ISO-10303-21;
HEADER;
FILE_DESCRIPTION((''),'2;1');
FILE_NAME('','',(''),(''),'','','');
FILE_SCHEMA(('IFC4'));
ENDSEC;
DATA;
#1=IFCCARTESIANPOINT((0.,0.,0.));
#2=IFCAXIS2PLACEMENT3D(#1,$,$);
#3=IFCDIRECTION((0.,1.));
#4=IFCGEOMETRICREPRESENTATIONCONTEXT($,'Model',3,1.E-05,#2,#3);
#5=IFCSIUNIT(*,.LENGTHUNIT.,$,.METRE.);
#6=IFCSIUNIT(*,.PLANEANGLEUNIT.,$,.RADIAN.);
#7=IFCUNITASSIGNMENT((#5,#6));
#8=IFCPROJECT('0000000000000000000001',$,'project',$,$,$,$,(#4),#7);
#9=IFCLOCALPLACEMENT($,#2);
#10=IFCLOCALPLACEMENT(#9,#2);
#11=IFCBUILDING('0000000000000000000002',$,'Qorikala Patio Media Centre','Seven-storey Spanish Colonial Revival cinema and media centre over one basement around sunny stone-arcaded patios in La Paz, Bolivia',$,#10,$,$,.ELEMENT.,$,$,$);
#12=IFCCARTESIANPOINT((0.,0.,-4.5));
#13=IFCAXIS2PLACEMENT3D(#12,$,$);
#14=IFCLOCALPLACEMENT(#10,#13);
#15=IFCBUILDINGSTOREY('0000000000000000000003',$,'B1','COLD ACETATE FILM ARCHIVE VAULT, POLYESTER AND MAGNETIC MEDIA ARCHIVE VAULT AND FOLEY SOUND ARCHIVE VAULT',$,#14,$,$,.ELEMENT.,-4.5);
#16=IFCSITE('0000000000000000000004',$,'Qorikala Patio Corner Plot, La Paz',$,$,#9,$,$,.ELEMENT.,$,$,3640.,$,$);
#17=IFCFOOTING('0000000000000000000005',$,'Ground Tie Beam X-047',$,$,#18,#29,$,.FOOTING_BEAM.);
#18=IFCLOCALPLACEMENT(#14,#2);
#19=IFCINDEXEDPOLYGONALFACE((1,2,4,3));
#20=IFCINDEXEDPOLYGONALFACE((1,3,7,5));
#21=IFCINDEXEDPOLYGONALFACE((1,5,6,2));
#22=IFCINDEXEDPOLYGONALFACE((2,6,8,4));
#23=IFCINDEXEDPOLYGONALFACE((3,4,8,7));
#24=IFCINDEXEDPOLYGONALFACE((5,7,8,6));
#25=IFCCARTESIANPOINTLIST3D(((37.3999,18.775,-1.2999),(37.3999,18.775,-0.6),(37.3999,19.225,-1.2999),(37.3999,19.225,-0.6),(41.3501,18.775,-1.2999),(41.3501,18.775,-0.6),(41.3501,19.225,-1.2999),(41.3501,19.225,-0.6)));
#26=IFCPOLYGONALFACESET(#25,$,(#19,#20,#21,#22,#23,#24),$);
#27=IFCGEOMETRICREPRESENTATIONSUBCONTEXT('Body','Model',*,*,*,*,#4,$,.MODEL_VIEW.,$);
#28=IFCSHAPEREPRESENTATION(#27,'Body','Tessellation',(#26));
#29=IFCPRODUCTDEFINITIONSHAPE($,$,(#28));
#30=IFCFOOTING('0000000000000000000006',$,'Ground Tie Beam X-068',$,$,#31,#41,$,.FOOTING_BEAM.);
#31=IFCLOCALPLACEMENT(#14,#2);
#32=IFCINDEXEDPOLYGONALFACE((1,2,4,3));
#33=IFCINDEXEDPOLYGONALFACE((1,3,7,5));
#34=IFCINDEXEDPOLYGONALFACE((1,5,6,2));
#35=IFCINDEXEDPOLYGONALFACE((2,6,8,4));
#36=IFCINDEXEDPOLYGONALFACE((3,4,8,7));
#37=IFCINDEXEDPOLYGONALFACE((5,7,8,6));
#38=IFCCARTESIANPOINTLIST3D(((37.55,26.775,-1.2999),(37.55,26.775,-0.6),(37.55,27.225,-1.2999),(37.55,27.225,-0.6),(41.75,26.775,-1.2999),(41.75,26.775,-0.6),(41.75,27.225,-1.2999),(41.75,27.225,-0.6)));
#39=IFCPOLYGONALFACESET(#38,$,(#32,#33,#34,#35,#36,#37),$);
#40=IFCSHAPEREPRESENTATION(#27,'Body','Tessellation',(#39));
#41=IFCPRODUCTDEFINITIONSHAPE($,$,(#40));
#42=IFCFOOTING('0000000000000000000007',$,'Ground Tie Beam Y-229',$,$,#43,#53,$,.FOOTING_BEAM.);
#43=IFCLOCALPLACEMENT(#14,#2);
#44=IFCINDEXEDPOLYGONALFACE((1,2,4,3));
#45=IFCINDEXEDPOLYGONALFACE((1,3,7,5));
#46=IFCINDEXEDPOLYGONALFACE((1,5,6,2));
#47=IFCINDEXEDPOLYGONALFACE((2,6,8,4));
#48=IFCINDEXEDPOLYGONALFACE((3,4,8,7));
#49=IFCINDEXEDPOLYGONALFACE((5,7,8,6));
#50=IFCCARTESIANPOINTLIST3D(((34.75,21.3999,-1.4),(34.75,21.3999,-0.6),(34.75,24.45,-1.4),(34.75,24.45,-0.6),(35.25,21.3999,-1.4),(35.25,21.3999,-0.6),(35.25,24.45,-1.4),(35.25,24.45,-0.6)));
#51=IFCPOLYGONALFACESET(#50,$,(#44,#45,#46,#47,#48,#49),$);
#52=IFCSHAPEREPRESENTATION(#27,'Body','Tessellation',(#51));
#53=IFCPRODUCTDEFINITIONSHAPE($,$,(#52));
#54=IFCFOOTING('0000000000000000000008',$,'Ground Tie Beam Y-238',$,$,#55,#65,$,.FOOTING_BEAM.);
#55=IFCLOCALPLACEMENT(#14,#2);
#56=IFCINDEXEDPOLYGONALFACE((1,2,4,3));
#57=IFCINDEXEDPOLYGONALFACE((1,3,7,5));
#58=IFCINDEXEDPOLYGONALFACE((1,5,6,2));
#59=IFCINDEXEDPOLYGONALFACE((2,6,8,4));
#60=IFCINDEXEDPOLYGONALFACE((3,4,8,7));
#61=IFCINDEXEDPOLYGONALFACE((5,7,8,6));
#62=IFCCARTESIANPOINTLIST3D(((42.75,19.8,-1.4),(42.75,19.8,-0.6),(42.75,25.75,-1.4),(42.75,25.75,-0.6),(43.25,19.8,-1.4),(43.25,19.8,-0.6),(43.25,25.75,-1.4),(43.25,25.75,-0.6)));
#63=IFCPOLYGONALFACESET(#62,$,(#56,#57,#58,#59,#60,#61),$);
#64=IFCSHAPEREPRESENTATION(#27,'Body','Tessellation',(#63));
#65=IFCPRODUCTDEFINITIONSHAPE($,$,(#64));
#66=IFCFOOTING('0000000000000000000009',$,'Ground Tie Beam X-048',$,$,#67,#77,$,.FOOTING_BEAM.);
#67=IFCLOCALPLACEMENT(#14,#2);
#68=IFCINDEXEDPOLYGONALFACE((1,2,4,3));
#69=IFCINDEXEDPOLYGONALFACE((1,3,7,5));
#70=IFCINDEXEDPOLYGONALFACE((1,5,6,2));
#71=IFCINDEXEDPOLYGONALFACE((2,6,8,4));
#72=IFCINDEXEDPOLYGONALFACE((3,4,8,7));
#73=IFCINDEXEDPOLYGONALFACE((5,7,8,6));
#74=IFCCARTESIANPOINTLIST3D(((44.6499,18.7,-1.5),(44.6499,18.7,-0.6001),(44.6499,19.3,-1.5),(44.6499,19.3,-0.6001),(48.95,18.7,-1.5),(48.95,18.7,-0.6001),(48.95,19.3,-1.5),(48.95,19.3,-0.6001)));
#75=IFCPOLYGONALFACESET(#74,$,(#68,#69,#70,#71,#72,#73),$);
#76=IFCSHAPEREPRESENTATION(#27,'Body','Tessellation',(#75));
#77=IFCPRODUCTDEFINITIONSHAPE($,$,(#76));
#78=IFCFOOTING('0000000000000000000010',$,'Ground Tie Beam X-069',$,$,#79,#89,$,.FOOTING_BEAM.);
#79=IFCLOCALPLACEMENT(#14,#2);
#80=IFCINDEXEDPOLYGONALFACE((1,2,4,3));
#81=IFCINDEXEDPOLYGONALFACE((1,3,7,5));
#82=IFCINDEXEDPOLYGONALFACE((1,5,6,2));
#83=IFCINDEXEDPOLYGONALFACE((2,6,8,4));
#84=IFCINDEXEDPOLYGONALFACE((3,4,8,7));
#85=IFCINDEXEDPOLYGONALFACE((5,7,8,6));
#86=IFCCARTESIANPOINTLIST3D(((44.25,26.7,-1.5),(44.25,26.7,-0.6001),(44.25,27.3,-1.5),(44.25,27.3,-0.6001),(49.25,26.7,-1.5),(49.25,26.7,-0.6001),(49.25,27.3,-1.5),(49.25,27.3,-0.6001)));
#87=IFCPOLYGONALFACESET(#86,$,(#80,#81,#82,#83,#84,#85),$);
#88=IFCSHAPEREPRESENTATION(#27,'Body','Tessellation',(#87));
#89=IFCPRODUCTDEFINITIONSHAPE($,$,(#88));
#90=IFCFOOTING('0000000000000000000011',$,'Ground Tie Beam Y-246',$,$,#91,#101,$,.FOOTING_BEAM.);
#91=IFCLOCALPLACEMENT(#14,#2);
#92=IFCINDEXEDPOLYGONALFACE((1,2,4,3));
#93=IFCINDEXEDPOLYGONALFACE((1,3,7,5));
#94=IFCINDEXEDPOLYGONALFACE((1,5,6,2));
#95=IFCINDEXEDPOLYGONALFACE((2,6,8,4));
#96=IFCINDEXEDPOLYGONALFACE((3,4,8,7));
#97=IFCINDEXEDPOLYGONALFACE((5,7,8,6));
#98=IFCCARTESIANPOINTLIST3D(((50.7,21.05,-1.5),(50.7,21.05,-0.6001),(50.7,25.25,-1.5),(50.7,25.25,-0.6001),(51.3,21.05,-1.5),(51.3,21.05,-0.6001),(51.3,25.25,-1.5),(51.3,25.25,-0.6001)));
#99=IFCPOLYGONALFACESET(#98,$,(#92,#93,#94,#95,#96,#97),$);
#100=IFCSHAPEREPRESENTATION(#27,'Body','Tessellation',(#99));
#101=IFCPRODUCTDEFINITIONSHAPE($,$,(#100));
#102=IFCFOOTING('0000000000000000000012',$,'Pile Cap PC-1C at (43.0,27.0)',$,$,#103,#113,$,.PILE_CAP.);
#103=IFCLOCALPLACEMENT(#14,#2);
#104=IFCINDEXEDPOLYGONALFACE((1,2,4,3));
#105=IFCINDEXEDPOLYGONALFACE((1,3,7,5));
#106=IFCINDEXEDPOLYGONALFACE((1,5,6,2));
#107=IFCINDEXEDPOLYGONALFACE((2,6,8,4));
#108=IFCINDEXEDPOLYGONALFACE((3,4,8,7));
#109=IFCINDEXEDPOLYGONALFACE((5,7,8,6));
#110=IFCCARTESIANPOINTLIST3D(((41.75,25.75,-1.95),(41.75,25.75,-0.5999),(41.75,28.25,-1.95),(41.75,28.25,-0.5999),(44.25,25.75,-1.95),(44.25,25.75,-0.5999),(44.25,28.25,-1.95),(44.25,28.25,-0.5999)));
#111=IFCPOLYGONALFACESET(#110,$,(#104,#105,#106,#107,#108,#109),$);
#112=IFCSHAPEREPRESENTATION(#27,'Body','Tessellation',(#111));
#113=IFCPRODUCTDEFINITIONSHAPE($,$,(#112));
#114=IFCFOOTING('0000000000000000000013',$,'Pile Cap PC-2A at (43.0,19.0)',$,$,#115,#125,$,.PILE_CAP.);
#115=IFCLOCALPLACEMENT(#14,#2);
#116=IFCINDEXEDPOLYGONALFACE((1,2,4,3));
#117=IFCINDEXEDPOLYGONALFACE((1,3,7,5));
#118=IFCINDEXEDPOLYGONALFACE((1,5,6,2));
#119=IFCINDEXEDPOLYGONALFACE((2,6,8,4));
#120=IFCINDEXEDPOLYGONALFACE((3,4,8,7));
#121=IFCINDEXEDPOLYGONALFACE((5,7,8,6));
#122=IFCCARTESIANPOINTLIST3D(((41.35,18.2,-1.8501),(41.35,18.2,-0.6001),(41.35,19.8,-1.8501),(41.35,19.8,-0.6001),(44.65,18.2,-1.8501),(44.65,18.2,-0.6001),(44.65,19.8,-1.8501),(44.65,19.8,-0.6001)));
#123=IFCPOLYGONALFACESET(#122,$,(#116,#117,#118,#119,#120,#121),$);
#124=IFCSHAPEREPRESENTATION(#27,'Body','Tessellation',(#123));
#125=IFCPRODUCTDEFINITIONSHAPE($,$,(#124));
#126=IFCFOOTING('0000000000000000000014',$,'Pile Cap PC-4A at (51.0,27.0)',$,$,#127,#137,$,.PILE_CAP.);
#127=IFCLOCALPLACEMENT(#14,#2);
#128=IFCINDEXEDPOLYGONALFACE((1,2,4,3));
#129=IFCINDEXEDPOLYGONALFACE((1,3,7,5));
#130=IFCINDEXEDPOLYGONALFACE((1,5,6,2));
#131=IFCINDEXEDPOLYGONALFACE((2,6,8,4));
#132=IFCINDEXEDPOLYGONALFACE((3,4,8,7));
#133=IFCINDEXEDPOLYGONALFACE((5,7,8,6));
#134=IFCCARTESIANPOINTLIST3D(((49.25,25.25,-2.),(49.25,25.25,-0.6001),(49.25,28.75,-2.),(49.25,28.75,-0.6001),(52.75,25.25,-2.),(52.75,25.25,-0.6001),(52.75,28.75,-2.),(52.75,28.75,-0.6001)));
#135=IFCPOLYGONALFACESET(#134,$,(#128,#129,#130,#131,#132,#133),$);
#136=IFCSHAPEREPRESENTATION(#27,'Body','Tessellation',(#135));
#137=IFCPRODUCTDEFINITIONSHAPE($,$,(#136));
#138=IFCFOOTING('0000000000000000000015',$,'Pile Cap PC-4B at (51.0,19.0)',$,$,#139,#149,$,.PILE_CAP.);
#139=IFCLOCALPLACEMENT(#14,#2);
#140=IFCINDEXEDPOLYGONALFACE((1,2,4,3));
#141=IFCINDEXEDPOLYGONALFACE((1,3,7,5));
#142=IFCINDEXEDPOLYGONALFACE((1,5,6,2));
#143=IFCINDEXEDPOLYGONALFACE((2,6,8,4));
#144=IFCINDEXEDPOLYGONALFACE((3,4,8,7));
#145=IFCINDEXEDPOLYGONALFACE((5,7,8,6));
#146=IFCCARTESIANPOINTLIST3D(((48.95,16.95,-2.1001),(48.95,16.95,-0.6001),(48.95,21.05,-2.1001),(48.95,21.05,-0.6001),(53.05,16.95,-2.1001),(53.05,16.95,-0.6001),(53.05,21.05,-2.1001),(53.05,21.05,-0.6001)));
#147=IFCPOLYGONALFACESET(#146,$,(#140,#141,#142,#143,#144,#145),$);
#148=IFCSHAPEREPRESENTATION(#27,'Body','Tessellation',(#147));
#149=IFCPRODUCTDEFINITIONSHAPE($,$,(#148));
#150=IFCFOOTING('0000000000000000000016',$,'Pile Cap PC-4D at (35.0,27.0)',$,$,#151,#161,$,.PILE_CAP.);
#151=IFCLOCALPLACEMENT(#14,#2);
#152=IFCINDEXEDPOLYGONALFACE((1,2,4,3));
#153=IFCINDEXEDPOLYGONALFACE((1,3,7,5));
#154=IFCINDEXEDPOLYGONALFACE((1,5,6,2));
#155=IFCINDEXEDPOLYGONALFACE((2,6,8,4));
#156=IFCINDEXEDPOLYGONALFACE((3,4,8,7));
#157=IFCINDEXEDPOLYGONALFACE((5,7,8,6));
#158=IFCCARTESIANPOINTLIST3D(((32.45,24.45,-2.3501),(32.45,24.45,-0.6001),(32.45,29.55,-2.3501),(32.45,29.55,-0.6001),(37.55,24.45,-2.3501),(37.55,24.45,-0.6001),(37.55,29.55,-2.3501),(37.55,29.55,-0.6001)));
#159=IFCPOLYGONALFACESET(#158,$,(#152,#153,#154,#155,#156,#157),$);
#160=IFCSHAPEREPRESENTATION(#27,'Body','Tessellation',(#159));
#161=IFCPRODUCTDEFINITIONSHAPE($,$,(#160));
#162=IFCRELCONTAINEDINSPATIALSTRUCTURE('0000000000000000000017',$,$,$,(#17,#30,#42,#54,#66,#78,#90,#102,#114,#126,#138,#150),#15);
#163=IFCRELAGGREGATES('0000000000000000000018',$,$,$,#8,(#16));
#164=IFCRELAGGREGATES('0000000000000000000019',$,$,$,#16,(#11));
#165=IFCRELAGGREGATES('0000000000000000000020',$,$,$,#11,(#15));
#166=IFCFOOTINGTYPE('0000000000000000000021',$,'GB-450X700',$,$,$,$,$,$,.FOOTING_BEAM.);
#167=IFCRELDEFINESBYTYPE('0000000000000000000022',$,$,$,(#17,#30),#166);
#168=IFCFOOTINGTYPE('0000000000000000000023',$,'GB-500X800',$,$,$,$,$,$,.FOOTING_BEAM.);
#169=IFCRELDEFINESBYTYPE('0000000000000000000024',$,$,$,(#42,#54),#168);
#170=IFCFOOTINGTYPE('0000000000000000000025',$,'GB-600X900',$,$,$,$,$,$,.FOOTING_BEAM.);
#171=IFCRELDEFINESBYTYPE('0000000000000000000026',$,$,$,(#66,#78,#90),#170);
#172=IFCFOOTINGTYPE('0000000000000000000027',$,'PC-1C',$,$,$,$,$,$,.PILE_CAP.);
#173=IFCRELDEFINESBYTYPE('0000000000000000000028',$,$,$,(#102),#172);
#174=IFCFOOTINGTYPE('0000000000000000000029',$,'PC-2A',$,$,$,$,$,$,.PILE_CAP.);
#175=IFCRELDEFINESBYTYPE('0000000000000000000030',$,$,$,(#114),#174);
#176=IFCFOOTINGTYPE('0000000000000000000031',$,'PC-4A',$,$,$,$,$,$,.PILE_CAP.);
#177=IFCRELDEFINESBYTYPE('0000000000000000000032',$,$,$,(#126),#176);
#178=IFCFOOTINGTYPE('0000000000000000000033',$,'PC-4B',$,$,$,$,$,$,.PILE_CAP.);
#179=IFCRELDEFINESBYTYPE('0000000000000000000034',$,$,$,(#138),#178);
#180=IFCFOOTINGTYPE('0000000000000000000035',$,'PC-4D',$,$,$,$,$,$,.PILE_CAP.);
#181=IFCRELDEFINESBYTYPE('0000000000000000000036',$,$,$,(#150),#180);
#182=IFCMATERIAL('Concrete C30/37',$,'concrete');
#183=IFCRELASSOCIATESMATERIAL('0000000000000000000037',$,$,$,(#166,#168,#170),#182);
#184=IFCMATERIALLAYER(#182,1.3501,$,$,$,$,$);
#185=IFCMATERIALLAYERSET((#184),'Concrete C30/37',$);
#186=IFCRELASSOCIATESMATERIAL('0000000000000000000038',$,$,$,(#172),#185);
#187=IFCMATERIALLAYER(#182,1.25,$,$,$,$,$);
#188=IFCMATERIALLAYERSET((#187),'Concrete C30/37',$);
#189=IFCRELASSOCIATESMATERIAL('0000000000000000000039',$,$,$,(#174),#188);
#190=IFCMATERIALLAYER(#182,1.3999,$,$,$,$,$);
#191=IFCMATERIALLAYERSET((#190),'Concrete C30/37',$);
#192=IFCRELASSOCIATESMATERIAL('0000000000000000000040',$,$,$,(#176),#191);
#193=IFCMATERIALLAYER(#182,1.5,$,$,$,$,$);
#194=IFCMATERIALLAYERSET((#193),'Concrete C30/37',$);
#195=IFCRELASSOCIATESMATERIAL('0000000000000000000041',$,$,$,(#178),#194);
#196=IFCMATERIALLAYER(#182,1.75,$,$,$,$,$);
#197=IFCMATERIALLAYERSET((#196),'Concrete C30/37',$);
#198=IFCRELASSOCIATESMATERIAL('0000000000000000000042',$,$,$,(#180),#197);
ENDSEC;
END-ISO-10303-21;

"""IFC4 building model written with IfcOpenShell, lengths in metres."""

from ifc_helpers import new_model, si_unit, direction, frame, origin, origin_2d, place, context, subcontext, project, spatial, rectangle, extrude, material, layer, layer_set, material_profile, profile_set, type_object, element, save


model = new_model("IFC4")

# Units and contexts
model_context = context("Model", 3, precision=1e-05, world=origin(), true_north=direction((0.0, 1.0)))
body_context = subcontext(model_context, "Body", "Model", "MODEL_VIEW")
ifc_project = project(units=[si_unit("LENGTHUNIT", "METRE"), si_unit("PLANEANGLEUNIT", "RADIAN")], contexts=[model_context])

# Site, building, storey
site_placement = place(None, origin())
site = spatial("IfcSite", under=ifc_project, at=site_placement, Name="Qorikala Patio Corner Plot, La Paz", CompositionType="ELEMENT", RefElevation=3640.0)
building_placement = place(site_placement, origin())
building = spatial("IfcBuilding", under=site, at=building_placement, Name="Qorikala Patio Media Centre", Description="Seven-storey Spanish Colonial Revival cinema and media centre over one basement around sunny stone-arcaded patios in La Paz, Bolivia", CompositionType="ELEMENT")
storey_placement = place(building_placement, frame((0.0, 0.0, -4.5)))
storey = spatial("IfcBuildingStorey", under=building, at=storey_placement, Name="B1", Description="COLD ACETATE FILM ARCHIVE VAULT, POLYESTER AND MAGNETIC MEDIA ARCHIVE VAULT AND FOLEY SOUND ARCHIVE VAULT", CompositionType="ELEMENT", Elevation=-4.5)

# Footings
ifc_material_1 = material(Name="Concrete C30/37", Category="concrete")
ifc_material_profile_1 = material_profile(ifc_material_1, rectangle(XDim=0.45, YDim=0.7, at=origin_2d()), Name="RC 450x700")
ifc_profile_set_1 = profile_set([ifc_material_profile_1], Name="Concrete C30/37")
footing_type_1 = type_object("IfcFootingType", Name="GB-450X700", PredefinedType="FOOTING_BEAM", material=ifc_profile_set_1)
footing_1_placement = place(storey_placement, frame((37.3999, 19.0, -0.95), z_axis=(1.0, 0.0, 0.0), x_axis=(0.0, 1.0, 0.0)))
element("IfcFooting", 1, at=footing_1_placement, inside=storey, type_object=footing_type_1, Name="Ground Tie Beam X-047", PredefinedType="FOOTING_BEAM", context=body_context, shape_type="SweptSolid", body=[
    extrude(rectangle(XDim=0.45, YDim=0.7, at=origin_2d()), origin(), (0.0, 0.0, 1.0), 3.9502),
])
footing_2_placement = place(storey_placement, frame((37.55, 27.0, -0.95), z_axis=(1.0, 0.0, 0.0), x_axis=(0.0, 1.0, 0.0)))
element("IfcFooting", 2, at=footing_2_placement, inside=storey, type_object=footing_type_1, Name="Ground Tie Beam X-068", PredefinedType="FOOTING_BEAM", context=body_context, shape_type="SweptSolid", body=[
    extrude(rectangle(XDim=0.45, YDim=0.7, at=origin_2d()), origin(), (0.0, 0.0, 1.0), 4.2),
])
ifc_material_profile_2 = material_profile(ifc_material_1, rectangle(XDim=0.5, YDim=0.8, at=origin_2d()), Name="RC 500x800")
ifc_profile_set_2 = profile_set([ifc_material_profile_2], Name="Concrete C30/37")
footing_type_2 = type_object("IfcFootingType", Name="GB-500X800", PredefinedType="FOOTING_BEAM", material=ifc_profile_set_2)
footing_3_placement = place(storey_placement, frame((35.0, 21.3999, -1.0), z_axis=(0.0, 1.0, 0.0), x_axis=(-1.0, 0.0, 0.0)))
element("IfcFooting", 3, at=footing_3_placement, inside=storey, type_object=footing_type_2, Name="Ground Tie Beam Y-229", PredefinedType="FOOTING_BEAM", context=body_context, shape_type="SweptSolid", body=[
    extrude(rectangle(XDim=0.5, YDim=0.8, at=origin_2d()), origin(), (0.0, 0.0, 1.0), 3.05),
])
footing_4_placement = place(storey_placement, frame((43.0, 19.8, -1.0), z_axis=(0.0, 1.0, 0.0), x_axis=(-1.0, 0.0, 0.0)))
element("IfcFooting", 4, at=footing_4_placement, inside=storey, type_object=footing_type_2, Name="Ground Tie Beam Y-238", PredefinedType="FOOTING_BEAM", context=body_context, shape_type="SweptSolid", body=[
    extrude(rectangle(XDim=0.5, YDim=0.8, at=origin_2d()), origin(), (0.0, 0.0, 1.0), 5.95),
])
ifc_material_profile_3 = material_profile(ifc_material_1, rectangle(XDim=0.6001, YDim=0.8999, at=origin_2d()), Name="RC 600x900")
ifc_profile_set_3 = profile_set([ifc_material_profile_3], Name="Concrete C30/37")
footing_type_3 = type_object("IfcFootingType", Name="GB-600X900", PredefinedType="FOOTING_BEAM", material=ifc_profile_set_3)
footing_5_placement = place(storey_placement, frame((44.6499, 19.0, -1.05), z_axis=(1.0, 0.0, 0.0), x_axis=(0.0, 1.0, 0.0)))
element("IfcFooting", 5, at=footing_5_placement, inside=storey, type_object=footing_type_3, Name="Ground Tie Beam X-048", PredefinedType="FOOTING_BEAM", context=body_context, shape_type="SweptSolid", body=[
    extrude(rectangle(XDim=0.6001, YDim=0.8999, at=origin_2d()), origin(), (0.0, 0.0, 1.0), 4.3),
])
footing_6_placement = place(storey_placement, frame((44.25, 27.0, -1.05), z_axis=(1.0, 0.0, 0.0), x_axis=(0.0, 1.0, 0.0)))
element("IfcFooting", 6, at=footing_6_placement, inside=storey, type_object=footing_type_3, Name="Ground Tie Beam X-069", PredefinedType="FOOTING_BEAM", context=body_context, shape_type="SweptSolid", body=[
    extrude(rectangle(XDim=0.6001, YDim=0.8999, at=origin_2d()), origin(), (0.0, 0.0, 1.0), 5.0),
])
footing_7_placement = place(storey_placement, frame((51.0, 21.05, -1.05), z_axis=(0.0, 1.0, 0.0), x_axis=(-1.0, 0.0, 0.0)))
element("IfcFooting", 7, at=footing_7_placement, inside=storey, type_object=footing_type_3, Name="Ground Tie Beam Y-246", PredefinedType="FOOTING_BEAM", context=body_context, shape_type="SweptSolid", body=[
    extrude(rectangle(XDim=0.6001, YDim=0.8999, at=origin_2d()), origin(), (0.0, 0.0, 1.0), 4.2),
])
ifc_layer_1 = layer(ifc_material_1, 1.3501)
ifc_layer_set_1 = layer_set([ifc_layer_1], Name="Concrete C30/37")
footing_type_4 = type_object("IfcFootingType", Name="PC-1C", PredefinedType="PILE_CAP", material=ifc_layer_set_1)
footing_8_placement = place(storey_placement, frame((43.0, 27.0, -1.95), z_axis=(0.0, 0.0, 1.0), x_axis=(1.0, 0.0, 0.0)))
element("IfcFooting", 8, at=footing_8_placement, inside=storey, type_object=footing_type_4, Name="Pile Cap PC-1C at (43.0,27.0)", PredefinedType="PILE_CAP", context=body_context, shape_type="SweptSolid", body=[
    extrude(rectangle(XDim=2.5, YDim=2.5, at=origin_2d()), origin(), (0.0, 0.0, 1.0), 1.3501),
])
ifc_layer_2 = layer(ifc_material_1, 1.25)
ifc_layer_set_2 = layer_set([ifc_layer_2], Name="Concrete C30/37")
footing_type_5 = type_object("IfcFootingType", Name="PC-2A", PredefinedType="PILE_CAP", material=ifc_layer_set_2)
footing_9_placement = place(storey_placement, frame((43.0, 19.0, -1.8501), z_axis=(0.0, 0.0, 1.0), x_axis=(1.0, 0.0, 0.0)))
element("IfcFooting", 9, at=footing_9_placement, inside=storey, type_object=footing_type_5, Name="Pile Cap PC-2A at (43.0,19.0)", PredefinedType="PILE_CAP", context=body_context, shape_type="SweptSolid", body=[
    extrude(rectangle(XDim=3.3, YDim=1.6001, at=origin_2d()), origin(), (0.0, 0.0, 1.0), 1.25),
])
ifc_layer_3 = layer(ifc_material_1, 1.3999)
ifc_layer_set_3 = layer_set([ifc_layer_3], Name="Concrete C30/37")
footing_type_6 = type_object("IfcFootingType", Name="PC-4A", PredefinedType="PILE_CAP", material=ifc_layer_set_3)
footing_10_placement = place(storey_placement, frame((51.0, 27.0, -2.0), z_axis=(0.0, 0.0, 1.0), x_axis=(1.0, 0.0, 0.0)))
element("IfcFooting", 10, at=footing_10_placement, inside=storey, type_object=footing_type_6, Name="Pile Cap PC-4A at (51.0,27.0)", PredefinedType="PILE_CAP", context=body_context, shape_type="SweptSolid", body=[
    extrude(rectangle(XDim=3.5, YDim=3.5, at=origin_2d()), origin(), (0.0, 0.0, 1.0), 1.3999),
])
ifc_layer_4 = layer(ifc_material_1, 1.5)
ifc_layer_set_4 = layer_set([ifc_layer_4], Name="Concrete C30/37")
footing_type_7 = type_object("IfcFootingType", Name="PC-4B", PredefinedType="PILE_CAP", material=ifc_layer_set_4)
footing_11_placement = place(storey_placement, frame((51.0, 19.0, -2.1001), z_axis=(0.0, 0.0, 1.0), x_axis=(1.0, 0.0, 0.0)))
element("IfcFooting", 11, at=footing_11_placement, inside=storey, type_object=footing_type_7, Name="Pile Cap PC-4B at (51.0,19.0)", PredefinedType="PILE_CAP", context=body_context, shape_type="SweptSolid", body=[
    extrude(rectangle(XDim=4.1001, YDim=4.1001, at=origin_2d()), origin(), (0.0, 0.0, 1.0), 1.5),
])
ifc_layer_5 = layer(ifc_material_1, 1.75)
ifc_layer_set_5 = layer_set([ifc_layer_5], Name="Concrete C30/37")
footing_type_8 = type_object("IfcFootingType", Name="PC-4D", PredefinedType="PILE_CAP", material=ifc_layer_set_5)
footing_12_placement = place(storey_placement, frame((35.0, 27.0, -2.3501), z_axis=(0.0, 0.0, 1.0), x_axis=(1.0, 0.0, 0.0)))
element("IfcFooting", 12, at=footing_12_placement, inside=storey, type_object=footing_type_8, Name="Pile Cap PC-4D at (35.0,27.0)", PredefinedType="PILE_CAP", context=body_context, shape_type="SweptSolid", body=[
    extrude(rectangle(XDim=5.1001, YDim=5.1001, at=origin_2d()), origin(), (0.0, 0.0, 1.0), 1.75),
])

save(model, "model.ifc")
